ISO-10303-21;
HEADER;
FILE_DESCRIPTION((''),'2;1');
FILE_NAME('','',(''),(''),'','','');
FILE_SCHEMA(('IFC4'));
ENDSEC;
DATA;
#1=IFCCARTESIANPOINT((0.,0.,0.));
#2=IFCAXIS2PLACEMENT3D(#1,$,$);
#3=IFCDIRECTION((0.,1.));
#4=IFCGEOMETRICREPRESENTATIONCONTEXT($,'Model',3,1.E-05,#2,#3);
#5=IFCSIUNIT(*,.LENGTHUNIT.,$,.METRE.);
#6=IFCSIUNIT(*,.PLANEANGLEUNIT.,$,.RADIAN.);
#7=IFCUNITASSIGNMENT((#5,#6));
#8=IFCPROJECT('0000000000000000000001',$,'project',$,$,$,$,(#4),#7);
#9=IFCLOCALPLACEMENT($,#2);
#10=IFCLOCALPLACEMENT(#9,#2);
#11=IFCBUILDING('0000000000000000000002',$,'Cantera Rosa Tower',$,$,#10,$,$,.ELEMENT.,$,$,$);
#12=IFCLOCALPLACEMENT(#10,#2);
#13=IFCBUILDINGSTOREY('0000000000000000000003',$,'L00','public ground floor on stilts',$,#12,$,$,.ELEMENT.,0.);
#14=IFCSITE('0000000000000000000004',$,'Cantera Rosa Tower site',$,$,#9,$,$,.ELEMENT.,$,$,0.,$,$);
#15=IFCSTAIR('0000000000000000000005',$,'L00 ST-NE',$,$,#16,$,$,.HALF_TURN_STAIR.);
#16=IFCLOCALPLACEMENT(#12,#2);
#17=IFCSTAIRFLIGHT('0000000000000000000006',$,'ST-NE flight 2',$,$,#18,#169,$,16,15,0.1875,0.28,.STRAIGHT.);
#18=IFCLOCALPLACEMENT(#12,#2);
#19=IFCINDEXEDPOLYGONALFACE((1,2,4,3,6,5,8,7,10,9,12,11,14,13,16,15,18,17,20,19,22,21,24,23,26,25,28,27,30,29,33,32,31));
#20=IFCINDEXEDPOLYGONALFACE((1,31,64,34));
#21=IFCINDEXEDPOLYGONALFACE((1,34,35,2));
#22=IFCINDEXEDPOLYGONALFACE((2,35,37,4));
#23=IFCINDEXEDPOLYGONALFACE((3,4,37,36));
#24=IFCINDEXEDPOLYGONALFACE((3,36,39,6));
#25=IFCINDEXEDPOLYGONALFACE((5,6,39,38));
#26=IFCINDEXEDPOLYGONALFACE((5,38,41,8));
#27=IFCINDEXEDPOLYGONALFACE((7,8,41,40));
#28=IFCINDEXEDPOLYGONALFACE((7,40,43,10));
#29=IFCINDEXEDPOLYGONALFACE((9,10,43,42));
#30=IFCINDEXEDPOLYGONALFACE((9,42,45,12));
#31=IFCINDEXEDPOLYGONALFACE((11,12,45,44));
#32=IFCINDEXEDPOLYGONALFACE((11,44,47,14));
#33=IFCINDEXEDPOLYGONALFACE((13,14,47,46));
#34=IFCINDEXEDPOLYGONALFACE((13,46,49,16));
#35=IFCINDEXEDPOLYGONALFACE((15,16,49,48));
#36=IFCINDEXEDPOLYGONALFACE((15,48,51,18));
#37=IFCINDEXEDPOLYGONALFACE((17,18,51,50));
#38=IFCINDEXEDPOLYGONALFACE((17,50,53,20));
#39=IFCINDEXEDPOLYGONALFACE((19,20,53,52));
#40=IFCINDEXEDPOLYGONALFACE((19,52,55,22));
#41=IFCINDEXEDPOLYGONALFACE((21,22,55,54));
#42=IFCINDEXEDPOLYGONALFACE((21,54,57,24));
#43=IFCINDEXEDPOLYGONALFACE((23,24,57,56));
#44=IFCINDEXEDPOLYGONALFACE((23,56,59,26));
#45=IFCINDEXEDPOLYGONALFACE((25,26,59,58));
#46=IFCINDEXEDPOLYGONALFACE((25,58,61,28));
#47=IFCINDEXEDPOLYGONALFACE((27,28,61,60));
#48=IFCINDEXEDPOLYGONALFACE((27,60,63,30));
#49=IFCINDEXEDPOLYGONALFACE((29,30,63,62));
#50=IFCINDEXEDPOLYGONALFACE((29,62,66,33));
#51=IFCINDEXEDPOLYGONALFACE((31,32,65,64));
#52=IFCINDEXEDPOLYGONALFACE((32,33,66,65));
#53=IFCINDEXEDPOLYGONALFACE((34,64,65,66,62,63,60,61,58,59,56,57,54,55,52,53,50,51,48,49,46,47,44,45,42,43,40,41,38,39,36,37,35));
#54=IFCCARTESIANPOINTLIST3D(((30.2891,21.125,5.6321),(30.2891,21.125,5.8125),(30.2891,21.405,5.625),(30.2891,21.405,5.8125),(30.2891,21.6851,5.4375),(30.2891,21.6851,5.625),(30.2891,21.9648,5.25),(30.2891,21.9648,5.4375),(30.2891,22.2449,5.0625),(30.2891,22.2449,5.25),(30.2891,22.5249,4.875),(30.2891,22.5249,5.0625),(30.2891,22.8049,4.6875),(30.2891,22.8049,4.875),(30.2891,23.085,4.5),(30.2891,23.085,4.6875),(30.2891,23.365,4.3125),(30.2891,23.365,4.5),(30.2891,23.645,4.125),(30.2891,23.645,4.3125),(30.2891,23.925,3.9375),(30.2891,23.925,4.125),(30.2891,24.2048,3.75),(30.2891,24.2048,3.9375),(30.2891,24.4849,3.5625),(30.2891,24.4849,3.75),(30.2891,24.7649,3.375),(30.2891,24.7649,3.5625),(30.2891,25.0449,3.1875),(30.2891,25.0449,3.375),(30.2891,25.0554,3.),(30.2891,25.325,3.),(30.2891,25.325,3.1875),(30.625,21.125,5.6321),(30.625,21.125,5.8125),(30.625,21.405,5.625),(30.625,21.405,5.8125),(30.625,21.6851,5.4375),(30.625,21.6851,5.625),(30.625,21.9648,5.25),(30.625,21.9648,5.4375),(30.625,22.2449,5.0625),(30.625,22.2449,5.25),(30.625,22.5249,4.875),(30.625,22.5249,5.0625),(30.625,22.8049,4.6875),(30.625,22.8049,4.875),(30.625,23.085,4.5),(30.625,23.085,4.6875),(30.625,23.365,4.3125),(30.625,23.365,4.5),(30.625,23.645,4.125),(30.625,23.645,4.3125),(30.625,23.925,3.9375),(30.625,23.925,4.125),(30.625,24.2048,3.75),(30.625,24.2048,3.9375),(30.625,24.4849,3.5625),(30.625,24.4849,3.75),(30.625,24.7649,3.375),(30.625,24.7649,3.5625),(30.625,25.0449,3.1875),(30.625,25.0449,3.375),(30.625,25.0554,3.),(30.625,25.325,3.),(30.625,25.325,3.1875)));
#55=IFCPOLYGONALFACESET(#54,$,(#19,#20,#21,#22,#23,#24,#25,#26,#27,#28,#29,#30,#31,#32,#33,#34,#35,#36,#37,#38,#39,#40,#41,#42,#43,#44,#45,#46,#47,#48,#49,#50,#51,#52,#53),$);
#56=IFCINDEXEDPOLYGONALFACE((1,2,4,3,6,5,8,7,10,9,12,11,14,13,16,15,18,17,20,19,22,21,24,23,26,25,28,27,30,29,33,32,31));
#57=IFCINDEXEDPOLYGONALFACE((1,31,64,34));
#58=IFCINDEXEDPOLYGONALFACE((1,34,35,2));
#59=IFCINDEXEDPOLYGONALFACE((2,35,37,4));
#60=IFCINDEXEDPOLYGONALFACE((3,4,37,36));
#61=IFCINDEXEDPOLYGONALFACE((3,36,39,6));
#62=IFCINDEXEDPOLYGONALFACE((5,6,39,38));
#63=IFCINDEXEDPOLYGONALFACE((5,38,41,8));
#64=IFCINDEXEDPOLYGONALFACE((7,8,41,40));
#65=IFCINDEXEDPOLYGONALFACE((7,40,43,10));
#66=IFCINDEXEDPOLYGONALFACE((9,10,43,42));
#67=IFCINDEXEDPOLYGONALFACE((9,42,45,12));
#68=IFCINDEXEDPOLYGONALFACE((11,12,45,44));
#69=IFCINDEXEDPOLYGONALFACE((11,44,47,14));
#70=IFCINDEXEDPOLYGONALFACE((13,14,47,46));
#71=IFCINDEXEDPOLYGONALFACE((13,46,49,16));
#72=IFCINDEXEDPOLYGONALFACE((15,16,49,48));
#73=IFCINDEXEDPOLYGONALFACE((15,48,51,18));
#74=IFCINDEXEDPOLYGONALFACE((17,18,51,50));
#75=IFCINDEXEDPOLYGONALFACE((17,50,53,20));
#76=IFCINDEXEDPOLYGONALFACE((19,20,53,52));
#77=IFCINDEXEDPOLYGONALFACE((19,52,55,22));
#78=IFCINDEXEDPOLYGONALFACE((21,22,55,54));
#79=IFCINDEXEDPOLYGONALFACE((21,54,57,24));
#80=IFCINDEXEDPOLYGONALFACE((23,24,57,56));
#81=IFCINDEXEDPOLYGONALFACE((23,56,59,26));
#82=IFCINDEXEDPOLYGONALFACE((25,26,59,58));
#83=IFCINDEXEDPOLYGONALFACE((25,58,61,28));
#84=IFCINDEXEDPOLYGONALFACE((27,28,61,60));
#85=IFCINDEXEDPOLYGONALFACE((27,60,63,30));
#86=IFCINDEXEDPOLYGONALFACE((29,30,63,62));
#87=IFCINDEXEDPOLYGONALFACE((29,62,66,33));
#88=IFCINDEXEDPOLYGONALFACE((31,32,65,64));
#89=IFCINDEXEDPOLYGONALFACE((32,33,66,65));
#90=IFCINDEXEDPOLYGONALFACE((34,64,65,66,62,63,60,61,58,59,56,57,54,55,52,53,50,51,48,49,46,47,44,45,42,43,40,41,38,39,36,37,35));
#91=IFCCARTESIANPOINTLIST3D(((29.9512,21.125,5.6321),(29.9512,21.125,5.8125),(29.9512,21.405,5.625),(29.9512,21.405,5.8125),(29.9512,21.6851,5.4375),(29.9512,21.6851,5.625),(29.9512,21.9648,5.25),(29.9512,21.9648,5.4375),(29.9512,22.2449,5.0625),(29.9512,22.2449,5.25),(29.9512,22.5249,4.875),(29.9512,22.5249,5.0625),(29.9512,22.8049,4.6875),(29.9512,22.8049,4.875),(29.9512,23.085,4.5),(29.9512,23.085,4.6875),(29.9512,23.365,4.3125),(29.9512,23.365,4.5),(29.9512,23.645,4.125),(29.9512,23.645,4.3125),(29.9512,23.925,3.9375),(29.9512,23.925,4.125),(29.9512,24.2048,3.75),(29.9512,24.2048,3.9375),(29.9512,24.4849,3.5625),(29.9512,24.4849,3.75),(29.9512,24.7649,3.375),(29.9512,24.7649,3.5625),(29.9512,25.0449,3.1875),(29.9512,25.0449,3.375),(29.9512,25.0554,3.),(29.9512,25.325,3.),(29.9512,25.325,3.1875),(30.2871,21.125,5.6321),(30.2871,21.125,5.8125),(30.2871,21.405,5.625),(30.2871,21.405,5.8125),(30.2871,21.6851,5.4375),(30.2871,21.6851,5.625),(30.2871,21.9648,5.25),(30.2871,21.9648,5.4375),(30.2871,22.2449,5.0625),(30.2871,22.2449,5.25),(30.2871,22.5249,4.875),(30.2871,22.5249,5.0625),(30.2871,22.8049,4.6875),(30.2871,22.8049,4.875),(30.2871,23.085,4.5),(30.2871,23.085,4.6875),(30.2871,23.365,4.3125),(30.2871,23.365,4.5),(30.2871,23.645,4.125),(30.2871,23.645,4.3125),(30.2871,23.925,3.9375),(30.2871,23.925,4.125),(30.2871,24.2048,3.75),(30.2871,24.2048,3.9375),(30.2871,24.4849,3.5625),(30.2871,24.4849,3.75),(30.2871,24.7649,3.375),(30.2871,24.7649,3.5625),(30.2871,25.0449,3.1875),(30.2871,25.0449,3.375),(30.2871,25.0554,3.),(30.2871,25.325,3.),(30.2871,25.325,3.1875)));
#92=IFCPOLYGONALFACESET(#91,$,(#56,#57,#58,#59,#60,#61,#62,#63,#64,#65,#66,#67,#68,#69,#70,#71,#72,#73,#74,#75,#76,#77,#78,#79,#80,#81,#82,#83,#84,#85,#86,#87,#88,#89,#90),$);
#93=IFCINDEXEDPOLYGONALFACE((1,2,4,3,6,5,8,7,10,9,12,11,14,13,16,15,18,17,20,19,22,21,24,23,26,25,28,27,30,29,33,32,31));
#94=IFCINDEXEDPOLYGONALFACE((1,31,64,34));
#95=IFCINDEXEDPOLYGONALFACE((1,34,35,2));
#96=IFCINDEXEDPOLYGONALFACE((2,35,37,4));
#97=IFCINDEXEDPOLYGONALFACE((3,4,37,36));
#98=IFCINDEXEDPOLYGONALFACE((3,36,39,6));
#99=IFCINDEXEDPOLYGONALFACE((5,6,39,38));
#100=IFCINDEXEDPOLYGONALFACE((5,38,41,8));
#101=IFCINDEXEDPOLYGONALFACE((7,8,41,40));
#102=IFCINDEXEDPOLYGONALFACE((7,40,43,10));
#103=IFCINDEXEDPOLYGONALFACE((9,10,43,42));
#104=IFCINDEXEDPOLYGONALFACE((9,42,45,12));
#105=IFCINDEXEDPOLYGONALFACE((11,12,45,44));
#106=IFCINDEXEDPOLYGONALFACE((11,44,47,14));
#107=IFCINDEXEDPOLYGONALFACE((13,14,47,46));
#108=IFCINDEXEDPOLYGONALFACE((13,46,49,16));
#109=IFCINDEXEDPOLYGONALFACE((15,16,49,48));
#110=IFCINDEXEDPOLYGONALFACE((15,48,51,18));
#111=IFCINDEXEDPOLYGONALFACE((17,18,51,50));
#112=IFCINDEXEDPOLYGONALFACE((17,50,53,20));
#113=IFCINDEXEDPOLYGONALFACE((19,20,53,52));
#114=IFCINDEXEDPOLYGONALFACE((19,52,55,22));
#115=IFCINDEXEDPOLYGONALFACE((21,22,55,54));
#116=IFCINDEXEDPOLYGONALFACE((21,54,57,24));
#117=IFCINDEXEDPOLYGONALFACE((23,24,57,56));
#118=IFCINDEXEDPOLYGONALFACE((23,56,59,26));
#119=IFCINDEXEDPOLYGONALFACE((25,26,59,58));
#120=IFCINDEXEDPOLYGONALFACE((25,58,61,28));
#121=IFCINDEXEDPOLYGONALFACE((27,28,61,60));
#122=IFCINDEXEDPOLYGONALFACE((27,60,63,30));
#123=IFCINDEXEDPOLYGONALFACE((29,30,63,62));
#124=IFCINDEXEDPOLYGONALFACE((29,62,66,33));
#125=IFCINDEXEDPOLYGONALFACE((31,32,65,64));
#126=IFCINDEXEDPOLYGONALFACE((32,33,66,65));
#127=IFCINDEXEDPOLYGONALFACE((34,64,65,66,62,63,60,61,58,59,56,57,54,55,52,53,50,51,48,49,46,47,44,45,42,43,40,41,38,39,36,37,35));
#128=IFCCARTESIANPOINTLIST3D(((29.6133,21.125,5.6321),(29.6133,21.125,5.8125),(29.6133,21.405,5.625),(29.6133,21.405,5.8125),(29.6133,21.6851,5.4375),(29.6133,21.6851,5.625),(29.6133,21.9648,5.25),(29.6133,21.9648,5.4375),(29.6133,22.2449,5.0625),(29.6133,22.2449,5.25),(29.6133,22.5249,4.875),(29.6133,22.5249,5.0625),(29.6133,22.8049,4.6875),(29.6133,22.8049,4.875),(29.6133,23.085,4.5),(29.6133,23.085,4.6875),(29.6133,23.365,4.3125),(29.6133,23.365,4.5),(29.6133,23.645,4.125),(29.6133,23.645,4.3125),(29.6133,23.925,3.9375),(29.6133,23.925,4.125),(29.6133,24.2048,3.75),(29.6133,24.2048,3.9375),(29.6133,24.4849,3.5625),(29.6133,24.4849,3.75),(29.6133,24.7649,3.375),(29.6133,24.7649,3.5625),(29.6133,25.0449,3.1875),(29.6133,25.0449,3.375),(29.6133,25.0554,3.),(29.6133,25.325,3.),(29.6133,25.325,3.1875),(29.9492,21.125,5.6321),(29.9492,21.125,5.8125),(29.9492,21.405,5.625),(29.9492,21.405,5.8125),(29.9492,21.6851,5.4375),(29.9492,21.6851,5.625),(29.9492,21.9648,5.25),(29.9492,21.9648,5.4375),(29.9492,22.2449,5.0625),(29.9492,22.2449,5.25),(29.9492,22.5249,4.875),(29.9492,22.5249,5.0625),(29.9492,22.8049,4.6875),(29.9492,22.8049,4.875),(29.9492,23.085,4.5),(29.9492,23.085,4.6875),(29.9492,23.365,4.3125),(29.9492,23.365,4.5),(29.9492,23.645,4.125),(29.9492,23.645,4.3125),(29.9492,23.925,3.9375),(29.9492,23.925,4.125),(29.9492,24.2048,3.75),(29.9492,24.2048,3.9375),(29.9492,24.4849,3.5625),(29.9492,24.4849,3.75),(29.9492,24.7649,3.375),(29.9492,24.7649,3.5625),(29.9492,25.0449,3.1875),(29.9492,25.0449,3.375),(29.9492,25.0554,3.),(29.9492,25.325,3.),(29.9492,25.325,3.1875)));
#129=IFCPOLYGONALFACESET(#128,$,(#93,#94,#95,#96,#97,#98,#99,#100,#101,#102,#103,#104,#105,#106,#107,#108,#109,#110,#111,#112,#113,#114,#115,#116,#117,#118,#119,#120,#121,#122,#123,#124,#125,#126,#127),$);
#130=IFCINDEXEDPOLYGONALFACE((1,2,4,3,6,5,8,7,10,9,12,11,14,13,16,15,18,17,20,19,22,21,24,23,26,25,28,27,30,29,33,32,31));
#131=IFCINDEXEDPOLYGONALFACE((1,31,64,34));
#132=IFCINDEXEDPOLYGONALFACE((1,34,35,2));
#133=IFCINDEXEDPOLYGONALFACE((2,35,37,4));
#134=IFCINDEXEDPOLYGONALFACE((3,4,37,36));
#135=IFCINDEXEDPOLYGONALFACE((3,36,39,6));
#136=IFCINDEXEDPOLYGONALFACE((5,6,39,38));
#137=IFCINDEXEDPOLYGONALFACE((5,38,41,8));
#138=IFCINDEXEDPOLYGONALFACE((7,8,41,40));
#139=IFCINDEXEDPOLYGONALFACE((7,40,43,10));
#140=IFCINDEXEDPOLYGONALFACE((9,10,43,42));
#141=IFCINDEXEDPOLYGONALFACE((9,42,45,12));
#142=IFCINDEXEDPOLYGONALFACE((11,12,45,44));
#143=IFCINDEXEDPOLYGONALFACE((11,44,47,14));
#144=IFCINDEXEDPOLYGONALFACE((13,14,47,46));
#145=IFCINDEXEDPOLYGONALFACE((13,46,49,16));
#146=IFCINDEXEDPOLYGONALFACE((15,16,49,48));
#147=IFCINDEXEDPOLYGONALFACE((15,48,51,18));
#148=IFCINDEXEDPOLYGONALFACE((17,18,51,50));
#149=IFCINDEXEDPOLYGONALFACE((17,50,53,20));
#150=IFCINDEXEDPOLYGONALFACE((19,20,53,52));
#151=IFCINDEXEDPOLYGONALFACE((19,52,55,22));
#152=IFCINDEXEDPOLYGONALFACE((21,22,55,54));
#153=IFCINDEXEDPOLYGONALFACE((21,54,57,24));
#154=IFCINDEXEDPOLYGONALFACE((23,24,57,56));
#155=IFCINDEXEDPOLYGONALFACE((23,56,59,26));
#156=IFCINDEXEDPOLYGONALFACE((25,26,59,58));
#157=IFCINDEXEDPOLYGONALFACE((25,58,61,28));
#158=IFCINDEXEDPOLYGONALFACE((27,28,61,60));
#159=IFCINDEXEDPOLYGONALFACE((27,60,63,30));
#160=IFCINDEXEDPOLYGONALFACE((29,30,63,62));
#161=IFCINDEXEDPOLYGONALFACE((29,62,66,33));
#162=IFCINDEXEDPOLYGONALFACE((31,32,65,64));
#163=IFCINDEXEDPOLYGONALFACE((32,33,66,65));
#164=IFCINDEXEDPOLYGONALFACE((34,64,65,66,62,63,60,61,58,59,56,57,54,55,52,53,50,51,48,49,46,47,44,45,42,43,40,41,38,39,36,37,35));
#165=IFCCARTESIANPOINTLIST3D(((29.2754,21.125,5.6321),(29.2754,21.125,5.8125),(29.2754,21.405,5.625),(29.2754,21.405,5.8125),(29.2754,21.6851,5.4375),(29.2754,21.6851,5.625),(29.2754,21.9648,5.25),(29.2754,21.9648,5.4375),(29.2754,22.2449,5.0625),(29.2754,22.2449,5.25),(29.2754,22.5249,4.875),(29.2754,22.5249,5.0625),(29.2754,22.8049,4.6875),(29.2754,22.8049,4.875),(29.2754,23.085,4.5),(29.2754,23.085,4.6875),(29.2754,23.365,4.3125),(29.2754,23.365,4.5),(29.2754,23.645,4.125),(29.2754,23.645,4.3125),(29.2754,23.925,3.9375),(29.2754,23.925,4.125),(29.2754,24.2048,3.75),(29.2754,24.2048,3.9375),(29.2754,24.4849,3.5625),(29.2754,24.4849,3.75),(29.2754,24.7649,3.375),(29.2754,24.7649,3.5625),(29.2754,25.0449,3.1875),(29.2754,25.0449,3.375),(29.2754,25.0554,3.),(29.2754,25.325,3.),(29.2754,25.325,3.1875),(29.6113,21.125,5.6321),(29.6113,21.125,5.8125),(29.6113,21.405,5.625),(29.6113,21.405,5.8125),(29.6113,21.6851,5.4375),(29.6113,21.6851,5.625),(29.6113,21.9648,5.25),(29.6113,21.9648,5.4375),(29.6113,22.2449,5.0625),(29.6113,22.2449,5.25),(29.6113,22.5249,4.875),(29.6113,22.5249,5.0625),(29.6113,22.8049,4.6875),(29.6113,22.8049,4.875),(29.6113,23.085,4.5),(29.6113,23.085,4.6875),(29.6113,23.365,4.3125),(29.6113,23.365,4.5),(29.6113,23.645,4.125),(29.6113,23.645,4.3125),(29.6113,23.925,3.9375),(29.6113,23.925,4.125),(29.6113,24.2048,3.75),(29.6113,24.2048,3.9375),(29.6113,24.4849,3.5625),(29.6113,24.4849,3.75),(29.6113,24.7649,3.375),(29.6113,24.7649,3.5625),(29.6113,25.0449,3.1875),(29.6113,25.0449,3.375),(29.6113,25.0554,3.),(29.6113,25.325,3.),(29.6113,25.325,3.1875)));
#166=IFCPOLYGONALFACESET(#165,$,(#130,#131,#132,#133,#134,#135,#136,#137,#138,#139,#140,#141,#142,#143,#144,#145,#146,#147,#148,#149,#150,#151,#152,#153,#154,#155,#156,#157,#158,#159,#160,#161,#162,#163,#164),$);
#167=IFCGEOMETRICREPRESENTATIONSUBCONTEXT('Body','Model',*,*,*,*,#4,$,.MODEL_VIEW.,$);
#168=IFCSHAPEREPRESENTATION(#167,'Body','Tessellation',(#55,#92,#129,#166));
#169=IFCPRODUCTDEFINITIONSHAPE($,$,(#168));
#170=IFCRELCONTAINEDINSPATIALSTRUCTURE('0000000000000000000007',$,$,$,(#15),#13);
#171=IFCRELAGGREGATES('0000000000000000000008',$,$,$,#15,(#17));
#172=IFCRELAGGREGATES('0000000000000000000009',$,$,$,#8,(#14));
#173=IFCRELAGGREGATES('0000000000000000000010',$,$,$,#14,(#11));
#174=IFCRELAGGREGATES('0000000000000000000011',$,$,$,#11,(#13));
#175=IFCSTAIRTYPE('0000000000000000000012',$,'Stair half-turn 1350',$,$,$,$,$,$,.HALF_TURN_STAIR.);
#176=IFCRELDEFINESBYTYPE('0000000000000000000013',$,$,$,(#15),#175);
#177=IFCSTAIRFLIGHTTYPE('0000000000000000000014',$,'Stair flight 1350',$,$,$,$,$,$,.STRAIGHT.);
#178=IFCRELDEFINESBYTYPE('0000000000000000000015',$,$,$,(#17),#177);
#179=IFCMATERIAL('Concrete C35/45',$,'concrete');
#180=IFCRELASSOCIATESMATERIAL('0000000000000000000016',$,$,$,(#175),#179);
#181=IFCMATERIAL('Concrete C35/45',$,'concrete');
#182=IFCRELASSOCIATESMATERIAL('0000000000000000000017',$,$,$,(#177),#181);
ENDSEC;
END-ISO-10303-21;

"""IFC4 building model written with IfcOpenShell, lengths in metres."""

from ifc_helpers import new_model, si_unit, direction, frame, origin, place, context, subcontext, project, spatial, polyline, outline, extrude, material, type_object, element, aggregate, save


model = new_model("IFC4")

# Units and contexts
model_context = context("Model", 3, precision=1e-05, world=origin(), true_north=direction((0.0, 1.0)))
body_context = subcontext(model_context, "Body", "Model", "MODEL_VIEW")
ifc_project = project(units=[si_unit("LENGTHUNIT", "METRE"), si_unit("PLANEANGLEUNIT", "RADIAN")], contexts=[model_context])

# Site, building, storey
site_placement = place(None, origin())
site = spatial("IfcSite", under=ifc_project, at=site_placement, Name="Cantera Rosa Tower site", CompositionType="ELEMENT", RefElevation=0.0)
building_placement = place(site_placement, origin())
building = spatial("IfcBuilding", under=site, at=building_placement, Name="Cantera Rosa Tower", CompositionType="ELEMENT")
storey_placement = place(building_placement, origin())
storey = spatial("IfcBuildingStorey", under=building, at=storey_placement, Name="L00", Description="public ground floor on stilts", CompositionType="ELEMENT", Elevation=0.0)

# Stair, stair flight
ifc_material_1 = material(Name="Concrete C35/45", Category="concrete")
stair_type = type_object("IfcStairType", Name="Stair half-turn 1350", PredefinedType="HALF_TURN_STAIR", material=ifc_material_1)
stair_placement = place(storey_placement, origin())
stair = element("IfcStair", 1, at=stair_placement, inside=storey, type_object=stair_type, Name="L00 ST-NE", PredefinedType="HALF_TURN_STAIR")
ifc_material_2 = material(Name="Concrete C35/45", Category="concrete")
stair_flight_type = type_object("IfcStairFlightType", Name="Stair flight 1350", PredefinedType="STRAIGHT", material=ifc_material_2)
stair_flight_1_placement = place(storey_placement, frame((29.95, 25.325, 3.0), z_axis=(0.0, 0.0, 1.0), x_axis=(0.0, -1.0, 0.0)))
stair_flight_1 = element("IfcStairFlight", 2, at=stair_flight_1_placement, type_object=stair_flight_type, Name="ST-NE flight 2", NumberOfRisers=16, NumberOfTreads=15, PredefinedType="STRAIGHT", RiserHeight=0.1875, TreadLength=0.28, context=body_context, shape_type="SweptSolid", body=[
    extrude(outline(polyline([(0.0, 0.0), (0.0, 0.1875), (0.28, 0.1875), (0.28, 0.375), (0.5601, 0.375), (0.5601, 0.5625), (0.8401, 0.5625), (0.8401, 0.75), (1.1201, 0.75), (1.1201, 0.9375), (1.3999, 0.9375), (1.3999, 1.125), (1.6799, 1.125), (1.6799, 1.3125), (1.96, 1.3125), (1.96, 1.5), (2.24, 1.5), (2.24, 1.6875), (2.52, 1.6875), (2.52, 1.875), (2.8, 1.875), (2.8, 2.0625), (3.0801, 2.0625), (3.0801, 2.25), (3.3601, 2.25), (3.3601, 2.4375), (3.6399, 2.4375), (3.6399, 2.625), (3.9199, 2.625), (3.9199, 2.8125), (4.2, 2.8125), (4.2, 3.0), (4.2, 2.6321), (0.2695, 0.0), (0.0, 0.0)])), frame((0.0, 0.675, 0.0), z_axis=(0.0, -1.0, 0.0), x_axis=(1.0, 0.0, 0.0)), (0.0, 0.0, 1.0), 0.3359),
    extrude(outline(polyline([(0.0, 0.0), (0.0, 0.1875), (0.28, 0.1875), (0.28, 0.375), (0.5601, 0.375), (0.5601, 0.5625), (0.8401, 0.5625), (0.8401, 0.75), (1.1201, 0.75), (1.1201, 0.9375), (1.3999, 0.9375), (1.3999, 1.125), (1.6799, 1.125), (1.6799, 1.3125), (1.96, 1.3125), (1.96, 1.5), (2.24, 1.5), (2.24, 1.6875), (2.52, 1.6875), (2.52, 1.875), (2.8, 1.875), (2.8, 2.0625), (3.0801, 2.0625), (3.0801, 2.25), (3.3601, 2.25), (3.3601, 2.4375), (3.6399, 2.4375), (3.6399, 2.625), (3.9199, 2.625), (3.9199, 2.8125), (4.2, 2.8125), (4.2, 3.0), (4.2, 2.6321), (0.2695, 0.0), (0.0, 0.0)])), frame((0.0, 0.3372, 0.0), z_axis=(0.0, -1.0, 0.0), x_axis=(1.0, 0.0, 0.0)), (0.0, 0.0, 1.0), 0.3359),
    extrude(outline(polyline([(0.0, 0.0), (0.0, 0.1875), (0.28, 0.1875), (0.28, 0.375), (0.5601, 0.375), (0.5601, 0.5625), (0.8401, 0.5625), (0.8401, 0.75), (1.1201, 0.75), (1.1201, 0.9375), (1.3999, 0.9375), (1.3999, 1.125), (1.6799, 1.125), (1.6799, 1.3125), (1.96, 1.3125), (1.96, 1.5), (2.24, 1.5), (2.24, 1.6875), (2.52, 1.6875), (2.52, 1.875), (2.8, 1.875), (2.8, 2.0625), (3.0801, 2.0625), (3.0801, 2.25), (3.3601, 2.25), (3.3601, 2.4375), (3.6399, 2.4375), (3.6399, 2.625), (3.9199, 2.625), (3.9199, 2.8125), (4.2, 2.8125), (4.2, 3.0), (4.2, 2.6321), (0.2695, 0.0), (0.0, 0.0)])), frame((0.0, -0.0007, 0.0), z_axis=(0.0, -1.0, 0.0), x_axis=(1.0, 0.0, 0.0)), (0.0, 0.0, 1.0), 0.3359),
    extrude(outline(polyline([(0.0, 0.0), (0.0, 0.1875), (0.28, 0.1875), (0.28, 0.375), (0.5601, 0.375), (0.5601, 0.5625), (0.8401, 0.5625), (0.8401, 0.75), (1.1201, 0.75), (1.1201, 0.9375), (1.3999, 0.9375), (1.3999, 1.125), (1.6799, 1.125), (1.6799, 1.3125), (1.96, 1.3125), (1.96, 1.5), (2.24, 1.5), (2.24, 1.6875), (2.52, 1.6875), (2.52, 1.875), (2.8, 1.875), (2.8, 2.0625), (3.0801, 2.0625), (3.0801, 2.25), (3.3601, 2.25), (3.3601, 2.4375), (3.6399, 2.4375), (3.6399, 2.625), (3.9199, 2.625), (3.9199, 2.8125), (4.2, 2.8125), (4.2, 3.0), (4.2, 2.6321), (0.2695, 0.0), (0.0, 0.0)])), frame((0.0, -0.3386, 0.0), z_axis=(0.0, -1.0, 0.0), x_axis=(1.0, 0.0, 0.0)), (0.0, 0.0, 1.0), 0.3359),
])
aggregate(stair, [stair_flight_1])

save(model, "model.ifc")
